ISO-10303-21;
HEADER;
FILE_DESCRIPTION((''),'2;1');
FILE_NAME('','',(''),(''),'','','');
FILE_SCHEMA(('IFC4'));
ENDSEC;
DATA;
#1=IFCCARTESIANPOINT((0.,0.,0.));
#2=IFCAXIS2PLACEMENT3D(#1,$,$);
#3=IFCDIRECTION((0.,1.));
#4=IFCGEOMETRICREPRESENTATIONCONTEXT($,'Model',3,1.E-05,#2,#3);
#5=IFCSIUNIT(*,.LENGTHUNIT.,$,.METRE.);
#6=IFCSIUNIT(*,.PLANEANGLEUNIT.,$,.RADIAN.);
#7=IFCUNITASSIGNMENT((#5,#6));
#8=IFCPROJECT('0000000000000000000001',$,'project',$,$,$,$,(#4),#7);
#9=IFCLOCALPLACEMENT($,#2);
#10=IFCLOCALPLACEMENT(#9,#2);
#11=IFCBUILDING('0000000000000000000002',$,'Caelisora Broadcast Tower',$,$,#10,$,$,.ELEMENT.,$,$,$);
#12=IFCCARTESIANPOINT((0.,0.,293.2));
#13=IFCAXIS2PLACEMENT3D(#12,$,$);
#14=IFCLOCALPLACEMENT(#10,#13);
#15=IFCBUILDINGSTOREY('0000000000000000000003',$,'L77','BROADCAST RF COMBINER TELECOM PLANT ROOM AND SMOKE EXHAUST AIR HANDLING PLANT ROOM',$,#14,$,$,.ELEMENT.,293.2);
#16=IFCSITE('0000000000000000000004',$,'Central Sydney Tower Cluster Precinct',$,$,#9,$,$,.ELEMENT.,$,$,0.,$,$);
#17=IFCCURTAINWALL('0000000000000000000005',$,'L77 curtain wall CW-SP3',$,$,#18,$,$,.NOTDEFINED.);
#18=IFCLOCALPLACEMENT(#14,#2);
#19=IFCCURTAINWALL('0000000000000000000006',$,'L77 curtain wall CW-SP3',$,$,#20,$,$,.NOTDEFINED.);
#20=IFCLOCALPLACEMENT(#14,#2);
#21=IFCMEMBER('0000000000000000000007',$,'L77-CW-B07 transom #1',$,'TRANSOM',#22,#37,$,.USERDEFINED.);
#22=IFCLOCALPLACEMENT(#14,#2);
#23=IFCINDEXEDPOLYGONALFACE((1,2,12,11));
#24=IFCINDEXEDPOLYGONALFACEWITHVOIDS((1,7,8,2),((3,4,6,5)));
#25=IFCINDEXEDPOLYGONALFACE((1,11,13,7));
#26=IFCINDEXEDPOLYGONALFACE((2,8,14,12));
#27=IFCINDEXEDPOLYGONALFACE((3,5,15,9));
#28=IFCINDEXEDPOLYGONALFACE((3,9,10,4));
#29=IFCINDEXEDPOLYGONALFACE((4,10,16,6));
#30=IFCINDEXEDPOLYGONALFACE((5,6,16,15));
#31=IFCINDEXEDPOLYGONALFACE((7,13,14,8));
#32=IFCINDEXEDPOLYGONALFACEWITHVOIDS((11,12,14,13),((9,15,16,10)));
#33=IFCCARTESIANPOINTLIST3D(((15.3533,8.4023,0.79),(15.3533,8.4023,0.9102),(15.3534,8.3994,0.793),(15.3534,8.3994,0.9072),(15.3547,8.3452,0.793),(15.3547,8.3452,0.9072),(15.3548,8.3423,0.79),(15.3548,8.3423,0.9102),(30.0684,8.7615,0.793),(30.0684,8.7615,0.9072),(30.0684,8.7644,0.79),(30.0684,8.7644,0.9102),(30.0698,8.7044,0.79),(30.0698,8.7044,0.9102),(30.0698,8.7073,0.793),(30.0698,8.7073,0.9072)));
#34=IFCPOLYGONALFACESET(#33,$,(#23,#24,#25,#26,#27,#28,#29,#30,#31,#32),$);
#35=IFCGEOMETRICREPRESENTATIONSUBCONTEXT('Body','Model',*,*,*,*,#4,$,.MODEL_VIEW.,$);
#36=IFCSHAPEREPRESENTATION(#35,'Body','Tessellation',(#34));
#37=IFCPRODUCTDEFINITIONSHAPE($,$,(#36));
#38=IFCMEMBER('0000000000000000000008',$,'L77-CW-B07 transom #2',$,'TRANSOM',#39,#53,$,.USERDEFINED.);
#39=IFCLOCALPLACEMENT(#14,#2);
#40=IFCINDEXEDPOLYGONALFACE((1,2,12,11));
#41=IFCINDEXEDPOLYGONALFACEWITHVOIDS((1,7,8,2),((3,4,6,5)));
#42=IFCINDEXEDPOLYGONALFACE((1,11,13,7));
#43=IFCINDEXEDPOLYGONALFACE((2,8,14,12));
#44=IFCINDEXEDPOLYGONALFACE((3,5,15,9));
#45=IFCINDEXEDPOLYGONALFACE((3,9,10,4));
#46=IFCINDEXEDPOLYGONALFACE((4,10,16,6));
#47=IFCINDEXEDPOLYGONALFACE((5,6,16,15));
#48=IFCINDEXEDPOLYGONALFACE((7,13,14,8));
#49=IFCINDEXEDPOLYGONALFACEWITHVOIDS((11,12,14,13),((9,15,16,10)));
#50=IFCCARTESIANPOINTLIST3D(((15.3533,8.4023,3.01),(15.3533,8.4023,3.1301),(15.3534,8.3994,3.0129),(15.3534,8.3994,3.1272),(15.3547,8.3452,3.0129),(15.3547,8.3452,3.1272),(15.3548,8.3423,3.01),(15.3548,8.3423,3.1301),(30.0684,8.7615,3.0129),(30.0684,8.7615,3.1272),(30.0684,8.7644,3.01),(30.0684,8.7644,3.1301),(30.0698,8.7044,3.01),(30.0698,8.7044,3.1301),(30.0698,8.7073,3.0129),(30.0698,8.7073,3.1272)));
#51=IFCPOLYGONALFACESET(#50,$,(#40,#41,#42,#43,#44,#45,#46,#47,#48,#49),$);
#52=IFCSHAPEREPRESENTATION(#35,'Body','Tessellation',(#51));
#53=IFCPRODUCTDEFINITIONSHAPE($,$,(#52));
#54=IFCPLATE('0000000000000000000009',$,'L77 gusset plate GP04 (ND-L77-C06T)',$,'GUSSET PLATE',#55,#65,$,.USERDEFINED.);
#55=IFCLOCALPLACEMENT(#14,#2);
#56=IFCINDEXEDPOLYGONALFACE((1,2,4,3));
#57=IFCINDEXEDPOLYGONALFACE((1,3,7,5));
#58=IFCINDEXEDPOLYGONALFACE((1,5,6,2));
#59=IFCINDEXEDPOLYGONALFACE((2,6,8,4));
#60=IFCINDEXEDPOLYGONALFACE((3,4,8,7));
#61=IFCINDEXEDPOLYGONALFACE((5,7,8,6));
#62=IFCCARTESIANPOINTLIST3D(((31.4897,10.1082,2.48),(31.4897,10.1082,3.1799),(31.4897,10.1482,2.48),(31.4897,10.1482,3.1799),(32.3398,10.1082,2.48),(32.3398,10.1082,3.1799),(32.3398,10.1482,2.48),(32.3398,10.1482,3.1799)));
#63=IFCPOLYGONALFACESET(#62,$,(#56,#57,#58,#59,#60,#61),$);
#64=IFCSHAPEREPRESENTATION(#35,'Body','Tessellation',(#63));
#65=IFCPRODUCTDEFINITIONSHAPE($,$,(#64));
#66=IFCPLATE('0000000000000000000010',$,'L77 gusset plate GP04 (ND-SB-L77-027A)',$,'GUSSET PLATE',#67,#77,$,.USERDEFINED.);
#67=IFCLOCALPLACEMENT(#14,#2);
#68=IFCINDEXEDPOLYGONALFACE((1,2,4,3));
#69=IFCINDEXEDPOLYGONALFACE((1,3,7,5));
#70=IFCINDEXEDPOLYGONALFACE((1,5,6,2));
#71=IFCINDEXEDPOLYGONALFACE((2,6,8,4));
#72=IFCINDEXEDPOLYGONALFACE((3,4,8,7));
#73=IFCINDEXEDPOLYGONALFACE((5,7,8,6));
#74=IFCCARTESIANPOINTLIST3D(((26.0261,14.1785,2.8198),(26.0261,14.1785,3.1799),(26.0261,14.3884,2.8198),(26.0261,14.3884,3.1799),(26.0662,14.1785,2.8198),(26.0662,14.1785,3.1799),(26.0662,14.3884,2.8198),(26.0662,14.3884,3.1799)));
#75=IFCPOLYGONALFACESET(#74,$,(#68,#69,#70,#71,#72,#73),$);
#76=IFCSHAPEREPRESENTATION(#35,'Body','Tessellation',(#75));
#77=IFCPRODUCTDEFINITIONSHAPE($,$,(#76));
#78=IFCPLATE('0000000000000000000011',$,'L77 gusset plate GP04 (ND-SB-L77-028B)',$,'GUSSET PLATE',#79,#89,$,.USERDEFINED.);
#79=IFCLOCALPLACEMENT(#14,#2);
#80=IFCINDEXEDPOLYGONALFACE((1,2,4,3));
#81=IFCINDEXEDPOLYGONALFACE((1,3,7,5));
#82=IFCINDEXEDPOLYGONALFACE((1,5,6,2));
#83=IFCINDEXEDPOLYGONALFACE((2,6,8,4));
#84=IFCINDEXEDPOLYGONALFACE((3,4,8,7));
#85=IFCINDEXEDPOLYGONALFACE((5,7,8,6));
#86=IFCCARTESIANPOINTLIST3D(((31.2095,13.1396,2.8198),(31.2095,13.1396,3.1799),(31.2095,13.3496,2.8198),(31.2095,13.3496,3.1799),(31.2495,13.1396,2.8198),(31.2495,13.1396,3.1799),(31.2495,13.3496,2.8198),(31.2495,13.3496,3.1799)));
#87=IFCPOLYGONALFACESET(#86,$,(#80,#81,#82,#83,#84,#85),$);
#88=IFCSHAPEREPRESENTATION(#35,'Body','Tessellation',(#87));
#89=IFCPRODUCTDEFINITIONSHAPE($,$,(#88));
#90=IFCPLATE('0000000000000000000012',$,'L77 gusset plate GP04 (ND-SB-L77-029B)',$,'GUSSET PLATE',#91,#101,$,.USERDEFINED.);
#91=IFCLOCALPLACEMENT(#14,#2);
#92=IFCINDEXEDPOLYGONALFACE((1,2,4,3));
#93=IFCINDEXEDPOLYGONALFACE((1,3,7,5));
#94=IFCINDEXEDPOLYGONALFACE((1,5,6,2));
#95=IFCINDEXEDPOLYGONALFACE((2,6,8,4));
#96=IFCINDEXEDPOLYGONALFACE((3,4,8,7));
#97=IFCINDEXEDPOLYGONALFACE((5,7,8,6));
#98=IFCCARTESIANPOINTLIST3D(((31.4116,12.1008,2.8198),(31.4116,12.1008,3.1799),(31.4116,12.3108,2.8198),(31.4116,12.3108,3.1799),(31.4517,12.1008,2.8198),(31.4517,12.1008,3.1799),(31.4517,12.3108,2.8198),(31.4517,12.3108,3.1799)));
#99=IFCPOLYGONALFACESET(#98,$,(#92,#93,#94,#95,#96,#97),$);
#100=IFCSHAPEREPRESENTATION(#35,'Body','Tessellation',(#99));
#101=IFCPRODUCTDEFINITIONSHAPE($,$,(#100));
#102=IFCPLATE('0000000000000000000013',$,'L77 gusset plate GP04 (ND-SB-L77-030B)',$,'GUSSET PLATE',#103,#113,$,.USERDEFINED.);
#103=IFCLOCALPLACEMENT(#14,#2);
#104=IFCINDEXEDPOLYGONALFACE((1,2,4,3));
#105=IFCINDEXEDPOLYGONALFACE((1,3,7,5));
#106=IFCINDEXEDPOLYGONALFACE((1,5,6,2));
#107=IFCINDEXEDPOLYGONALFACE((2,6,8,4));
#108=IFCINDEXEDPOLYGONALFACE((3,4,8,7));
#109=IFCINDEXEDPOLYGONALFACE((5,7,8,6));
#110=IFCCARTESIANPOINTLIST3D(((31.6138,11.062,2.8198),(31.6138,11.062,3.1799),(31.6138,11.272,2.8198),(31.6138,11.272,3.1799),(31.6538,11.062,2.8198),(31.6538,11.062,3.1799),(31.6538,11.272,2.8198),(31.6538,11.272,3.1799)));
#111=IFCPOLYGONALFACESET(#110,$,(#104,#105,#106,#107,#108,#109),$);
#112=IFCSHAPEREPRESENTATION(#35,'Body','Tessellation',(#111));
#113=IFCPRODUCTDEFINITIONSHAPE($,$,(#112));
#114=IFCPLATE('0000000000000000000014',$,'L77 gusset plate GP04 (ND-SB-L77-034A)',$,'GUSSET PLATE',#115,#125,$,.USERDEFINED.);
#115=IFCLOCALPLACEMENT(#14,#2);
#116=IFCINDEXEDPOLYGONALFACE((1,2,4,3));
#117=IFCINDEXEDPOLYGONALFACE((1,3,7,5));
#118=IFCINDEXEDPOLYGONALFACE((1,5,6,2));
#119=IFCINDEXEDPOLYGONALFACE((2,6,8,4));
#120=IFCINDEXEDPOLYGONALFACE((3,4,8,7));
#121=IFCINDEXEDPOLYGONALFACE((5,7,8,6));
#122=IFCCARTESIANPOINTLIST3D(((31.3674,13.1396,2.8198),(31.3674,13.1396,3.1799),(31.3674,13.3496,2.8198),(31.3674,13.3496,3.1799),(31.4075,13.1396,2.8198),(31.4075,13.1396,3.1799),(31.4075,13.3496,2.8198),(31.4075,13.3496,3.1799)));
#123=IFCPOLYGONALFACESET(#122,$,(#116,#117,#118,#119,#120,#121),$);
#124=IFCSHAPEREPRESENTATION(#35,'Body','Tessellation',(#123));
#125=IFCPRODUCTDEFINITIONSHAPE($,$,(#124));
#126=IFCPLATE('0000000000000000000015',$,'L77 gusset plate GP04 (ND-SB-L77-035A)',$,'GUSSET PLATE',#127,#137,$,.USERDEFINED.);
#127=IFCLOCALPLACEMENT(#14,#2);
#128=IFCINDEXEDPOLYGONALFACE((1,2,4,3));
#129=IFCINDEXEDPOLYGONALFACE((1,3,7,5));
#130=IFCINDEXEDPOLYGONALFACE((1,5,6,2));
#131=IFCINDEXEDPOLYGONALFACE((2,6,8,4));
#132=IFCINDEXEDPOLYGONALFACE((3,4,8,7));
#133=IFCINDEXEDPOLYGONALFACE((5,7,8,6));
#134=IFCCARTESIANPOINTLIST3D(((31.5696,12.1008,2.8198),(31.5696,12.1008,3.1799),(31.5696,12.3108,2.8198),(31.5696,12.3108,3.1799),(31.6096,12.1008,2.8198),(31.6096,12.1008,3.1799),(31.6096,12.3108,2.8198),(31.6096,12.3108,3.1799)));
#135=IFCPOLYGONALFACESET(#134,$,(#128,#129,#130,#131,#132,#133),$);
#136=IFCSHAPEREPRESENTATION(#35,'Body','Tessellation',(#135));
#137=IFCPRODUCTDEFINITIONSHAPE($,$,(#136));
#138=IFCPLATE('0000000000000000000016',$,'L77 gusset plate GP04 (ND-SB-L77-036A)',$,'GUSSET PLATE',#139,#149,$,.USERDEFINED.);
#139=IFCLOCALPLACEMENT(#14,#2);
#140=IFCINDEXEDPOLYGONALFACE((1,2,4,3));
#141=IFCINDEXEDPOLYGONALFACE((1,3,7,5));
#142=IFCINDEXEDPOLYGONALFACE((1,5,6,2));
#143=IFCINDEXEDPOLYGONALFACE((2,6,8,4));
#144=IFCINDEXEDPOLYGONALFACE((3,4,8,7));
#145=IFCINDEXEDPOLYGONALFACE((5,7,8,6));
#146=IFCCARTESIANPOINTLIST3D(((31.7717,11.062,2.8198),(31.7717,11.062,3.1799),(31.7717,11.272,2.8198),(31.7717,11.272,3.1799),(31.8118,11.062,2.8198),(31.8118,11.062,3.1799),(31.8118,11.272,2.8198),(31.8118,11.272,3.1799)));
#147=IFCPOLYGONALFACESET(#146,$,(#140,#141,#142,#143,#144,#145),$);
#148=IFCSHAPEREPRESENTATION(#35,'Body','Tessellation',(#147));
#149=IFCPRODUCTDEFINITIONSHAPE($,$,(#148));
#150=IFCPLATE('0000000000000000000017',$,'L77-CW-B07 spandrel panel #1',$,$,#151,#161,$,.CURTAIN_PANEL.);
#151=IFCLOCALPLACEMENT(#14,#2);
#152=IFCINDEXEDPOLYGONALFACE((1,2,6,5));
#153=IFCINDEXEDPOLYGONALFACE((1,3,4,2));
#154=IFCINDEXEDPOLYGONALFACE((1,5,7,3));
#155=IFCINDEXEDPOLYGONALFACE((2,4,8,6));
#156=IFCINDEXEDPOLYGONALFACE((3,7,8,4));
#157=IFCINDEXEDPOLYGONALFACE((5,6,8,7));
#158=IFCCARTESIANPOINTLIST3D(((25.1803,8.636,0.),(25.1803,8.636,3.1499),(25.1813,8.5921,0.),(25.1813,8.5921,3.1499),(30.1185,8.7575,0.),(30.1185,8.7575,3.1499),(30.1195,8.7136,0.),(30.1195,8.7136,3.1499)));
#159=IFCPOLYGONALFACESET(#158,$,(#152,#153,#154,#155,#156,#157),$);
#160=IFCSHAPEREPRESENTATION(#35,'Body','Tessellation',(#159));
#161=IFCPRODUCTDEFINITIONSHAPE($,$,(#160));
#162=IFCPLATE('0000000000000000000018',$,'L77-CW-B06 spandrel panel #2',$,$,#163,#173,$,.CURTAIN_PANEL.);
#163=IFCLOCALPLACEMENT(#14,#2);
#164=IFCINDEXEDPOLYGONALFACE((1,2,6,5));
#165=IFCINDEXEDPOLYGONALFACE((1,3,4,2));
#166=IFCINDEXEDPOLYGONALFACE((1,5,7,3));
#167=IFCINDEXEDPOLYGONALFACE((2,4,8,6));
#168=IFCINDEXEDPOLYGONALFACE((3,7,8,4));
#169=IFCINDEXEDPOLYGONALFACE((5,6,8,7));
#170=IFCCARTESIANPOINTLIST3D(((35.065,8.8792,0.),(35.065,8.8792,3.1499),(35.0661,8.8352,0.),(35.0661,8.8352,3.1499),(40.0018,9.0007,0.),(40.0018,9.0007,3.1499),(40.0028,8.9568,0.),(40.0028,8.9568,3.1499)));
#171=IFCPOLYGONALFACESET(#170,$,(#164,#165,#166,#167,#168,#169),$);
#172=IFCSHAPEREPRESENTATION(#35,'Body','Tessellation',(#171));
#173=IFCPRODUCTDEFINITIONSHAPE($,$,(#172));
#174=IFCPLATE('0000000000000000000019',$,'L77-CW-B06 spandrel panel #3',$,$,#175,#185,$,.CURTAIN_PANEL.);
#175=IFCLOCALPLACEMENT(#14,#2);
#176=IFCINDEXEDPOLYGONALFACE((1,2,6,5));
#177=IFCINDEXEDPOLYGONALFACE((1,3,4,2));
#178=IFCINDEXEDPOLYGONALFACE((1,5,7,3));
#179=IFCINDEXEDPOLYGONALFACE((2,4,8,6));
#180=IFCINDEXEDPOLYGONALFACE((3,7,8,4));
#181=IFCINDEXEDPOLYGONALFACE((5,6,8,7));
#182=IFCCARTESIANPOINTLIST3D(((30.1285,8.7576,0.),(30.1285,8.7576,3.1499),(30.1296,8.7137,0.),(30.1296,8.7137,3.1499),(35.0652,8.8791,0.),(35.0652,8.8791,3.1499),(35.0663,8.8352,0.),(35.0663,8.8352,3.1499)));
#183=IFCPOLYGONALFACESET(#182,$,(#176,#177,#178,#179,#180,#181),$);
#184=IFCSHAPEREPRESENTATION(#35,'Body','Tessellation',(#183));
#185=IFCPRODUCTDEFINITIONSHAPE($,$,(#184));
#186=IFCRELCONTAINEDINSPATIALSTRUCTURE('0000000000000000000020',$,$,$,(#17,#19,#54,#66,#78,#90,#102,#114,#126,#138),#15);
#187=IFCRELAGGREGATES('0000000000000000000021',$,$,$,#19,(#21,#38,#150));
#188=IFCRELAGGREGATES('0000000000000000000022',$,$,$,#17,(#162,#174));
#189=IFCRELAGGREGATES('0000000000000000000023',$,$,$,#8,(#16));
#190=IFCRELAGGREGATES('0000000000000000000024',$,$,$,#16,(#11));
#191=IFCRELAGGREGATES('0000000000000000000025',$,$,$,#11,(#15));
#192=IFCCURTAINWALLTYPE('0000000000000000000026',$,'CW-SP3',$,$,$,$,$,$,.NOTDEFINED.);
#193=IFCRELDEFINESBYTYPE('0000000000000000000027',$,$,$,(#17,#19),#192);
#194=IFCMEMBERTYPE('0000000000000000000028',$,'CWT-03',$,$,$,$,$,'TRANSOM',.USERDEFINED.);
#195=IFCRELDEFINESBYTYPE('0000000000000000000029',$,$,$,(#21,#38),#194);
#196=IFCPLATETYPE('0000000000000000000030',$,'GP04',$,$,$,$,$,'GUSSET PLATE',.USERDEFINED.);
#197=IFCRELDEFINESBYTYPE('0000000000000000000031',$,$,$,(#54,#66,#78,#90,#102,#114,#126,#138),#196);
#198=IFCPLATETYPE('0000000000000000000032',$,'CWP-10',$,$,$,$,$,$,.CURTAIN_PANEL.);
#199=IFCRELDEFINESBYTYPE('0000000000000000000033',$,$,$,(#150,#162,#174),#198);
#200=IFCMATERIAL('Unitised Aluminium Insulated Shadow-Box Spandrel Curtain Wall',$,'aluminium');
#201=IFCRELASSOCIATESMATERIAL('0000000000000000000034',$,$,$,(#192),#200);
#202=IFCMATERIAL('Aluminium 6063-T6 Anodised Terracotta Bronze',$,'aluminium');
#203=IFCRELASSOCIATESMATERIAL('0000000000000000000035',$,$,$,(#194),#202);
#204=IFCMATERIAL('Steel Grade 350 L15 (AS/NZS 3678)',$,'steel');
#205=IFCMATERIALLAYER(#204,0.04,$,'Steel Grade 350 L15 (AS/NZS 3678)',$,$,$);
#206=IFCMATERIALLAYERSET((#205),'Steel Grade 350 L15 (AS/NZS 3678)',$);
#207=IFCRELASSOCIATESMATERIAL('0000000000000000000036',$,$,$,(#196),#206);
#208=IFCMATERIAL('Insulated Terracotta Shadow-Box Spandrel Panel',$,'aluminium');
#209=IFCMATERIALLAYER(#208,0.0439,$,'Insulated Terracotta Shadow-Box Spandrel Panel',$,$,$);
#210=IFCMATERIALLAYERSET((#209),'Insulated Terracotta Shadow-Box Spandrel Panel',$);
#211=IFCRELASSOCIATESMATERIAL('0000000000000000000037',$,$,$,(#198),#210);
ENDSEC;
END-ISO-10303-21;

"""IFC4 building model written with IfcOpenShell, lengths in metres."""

from ifc_helpers import new_model, si_unit, direction, frame, origin, origin_2d, place, context, subcontext, project, spatial, rectangle, hollow_rectangle, extrude, source, transform, mapped, material, layer, layer_set, material_profile, profile_set, type_object, type_shapes, element, aggregate, save


model = new_model("IFC4")

# Units and contexts
model_context = context("Model", 3, precision=1e-05, world=origin(), true_north=direction((0.0, 1.0)))
body_context = subcontext(model_context, "Body", "Model", "MODEL_VIEW")
ifc_project = project(units=[si_unit("LENGTHUNIT", "METRE"), si_unit("PLANEANGLEUNIT", "RADIAN")], contexts=[model_context])

# Site, building, storey
site_placement = place(None, origin())
site = spatial("IfcSite", under=ifc_project, at=site_placement, Name="Central Sydney Tower Cluster Precinct", CompositionType="ELEMENT", RefElevation=0.0)
building_placement = place(site_placement, origin())
building = spatial("IfcBuilding", under=site, at=building_placement, Name="Caelisora Broadcast Tower", CompositionType="ELEMENT")
storey_placement = place(building_placement, frame((0.0, 0.0, 293.2)))
storey = spatial("IfcBuildingStorey", under=building, at=storey_placement, Name="L77", Description="BROADCAST RF COMBINER TELECOM PLANT ROOM AND SMOKE EXHAUST AIR HANDLING PLANT ROOM", CompositionType="ELEMENT", Elevation=293.2)

# Curtain walls, members
ifc_material_1 = material(Name="Unitised Aluminium Insulated Shadow-Box Spandrel Curtain Wall", Category="aluminium")
curtain_wall_type = type_object("IfcCurtainWallType", Name="CW-SP3", PredefinedType="NOTDEFINED", material=ifc_material_1)
curtain_wall_1_placement = place(storey_placement, origin())
curtain_wall_1 = element("IfcCurtainWall", 1, at=curtain_wall_1_placement, inside=storey, type_object=curtain_wall_type, Name="L77 curtain wall CW-SP3", PredefinedType="NOTDEFINED")
ifc_material_2 = material(Name="Aluminium 6063-T6 Anodised Terracotta Bronze", Category="aluminium")
curtain_wall_2_placement = place(storey_placement, origin())
curtain_wall_2 = element("IfcCurtainWall", 2, at=curtain_wall_2_placement, inside=storey, type_object=curtain_wall_type, Name="L77 curtain wall CW-SP3", PredefinedType="NOTDEFINED")
ifc_material_profile_1 = material_profile(ifc_material_2, hollow_rectangle(XDim=0.0601, YDim=0.1201, WallThickness=0.0029, at=origin_2d()), Name="Aluminium 6063-T6 Anodised Terracotta Bronze")
ifc_profile_set_1 = profile_set([ifc_material_profile_1], Name="Aluminium 6063-T6 Anodised Terracotta Bronze")
member_type_1 = type_object("IfcMemberType", Name="CWT-03", ElementType="TRANSOM", PredefinedType="USERDEFINED", material=ifc_profile_set_1)
shared_shape_1 = source(origin(), body_context, "Body", "SweptSolid", [
    extrude(hollow_rectangle(XDim=0.0601, YDim=0.1201, WallThickness=0.0029, at=origin_2d()), origin(), (0.0, 0.0, 1.0), 14.7195),
])
type_shapes(member_type_1, [shared_shape_1])
member_1_placement = place(storey_placement, frame((30.0691, 8.7344, 0.8501), z_axis=(-0.999697, -0.024597, 0.0), x_axis=(0.024597, -0.999697, 0.0)))
member_1 = element("IfcMember", 3, at=member_1_placement, type_object=member_type_1, Name="L77-CW-B07 transom #1", ObjectType="TRANSOM", PredefinedType="USERDEFINED", context=body_context, shape_type="MappedRepresentation", body=[
    mapped(shared_shape_1, transform((0.0, 0.0, 0.0), scale=1.0)),
])
member_2_placement = place(storey_placement, frame((30.0691, 8.7344, 3.0701), z_axis=(-0.999697, -0.024597, 0.0), x_axis=(0.024597, -0.999697, 0.0)))
member_2 = element("IfcMember", 4, at=member_2_placement, type_object=member_type_1, Name="L77-CW-B07 transom #2", ObjectType="TRANSOM", PredefinedType="USERDEFINED", context=body_context, shape_type="MappedRepresentation", body=[
    mapped(shared_shape_1, transform((0.0, 0.0, 0.0), scale=1.0)),
])

# Plates
ifc_material_3 = material(Name="Steel Grade 350 L15 (AS/NZS 3678)", Category="steel")
ifc_layer_1 = layer(ifc_material_3, 0.04, Name="Steel Grade 350 L15 (AS/NZS 3678)")
ifc_layer_set_1 = layer_set([ifc_layer_1], Name="Steel Grade 350 L15 (AS/NZS 3678)")
plate_type_1 = type_object("IfcPlateType", Name="GP04", ElementType="GUSSET PLATE", PredefinedType="USERDEFINED", material=ifc_layer_set_1)
shared_shape_2 = source(origin(), body_context, "Body", "SweptSolid", [
    extrude(rectangle(XDim=0.8501, YDim=0.04, at=origin_2d()), origin(), (0.0, 0.0, 1.0), 0.7),
])
plate_1_placement = place(storey_placement, frame((31.9148, 10.1282, 2.48), z_axis=(0.0, 0.0, 1.0), x_axis=(1.0, 0.0, 0.0)))
element("IfcPlate", 5, at=plate_1_placement, inside=storey, type_object=plate_type_1, Name="L77 gusset plate GP04 (ND-L77-C06T)", ObjectType="GUSSET PLATE", PredefinedType="USERDEFINED", context=body_context, shape_type="MappedRepresentation", body=[
    mapped(shared_shape_2, transform((0.0, 0.0, 0.0), scale=1.0)),
])
shared_shape_3 = source(origin(), body_context, "Body", "SweptSolid", [
    extrude(rectangle(XDim=0.21, YDim=0.04, at=origin_2d()), origin(), (0.0, 0.0, 1.0), 0.3601),
])
type_shapes(plate_type_1, [shared_shape_2, shared_shape_3])
for number, where, z_axis, x_axis, name in (
    (6, (26.0461, 14.2834, 2.8198), (0.0, 0.0, 1.0), (0.0, 1.0, 0.0), "L77 gusset plate GP04 (ND-SB-L77-027A)"),
    (7, (31.2295, 13.2446, 2.8198), (0.0, 0.0, 1.0), (0.0, 1.0, 0.0), "L77 gusset plate GP04 (ND-SB-L77-028B)"),
    (8, (31.4316, 12.2058, 2.8198), (0.0, 0.0, 1.0), (0.0, 1.0, 0.0), "L77 gusset plate GP04 (ND-SB-L77-029B)"),
    (9, (31.6338, 11.167, 2.8198), (0.0, 0.0, 1.0), (0.0, 1.0, 0.0), "L77 gusset plate GP04 (ND-SB-L77-030B)"),
    (10, (31.3875, 13.2446, 2.8198), (0.0, 0.0, 1.0), (0.0, 1.0, 0.0), "L77 gusset plate GP04 (ND-SB-L77-034A)"),
    (11, (31.5896, 12.2058, 2.8198), (0.0, 0.0, 1.0), (0.0, 1.0, 0.0), "L77 gusset plate GP04 (ND-SB-L77-035A)"),
    (12, (31.7917, 11.167, 2.8198), (0.0, 0.0, 1.0), (0.0, 1.0, 0.0), "L77 gusset plate GP04 (ND-SB-L77-036A)"),
):
    element("IfcPlate", number, at=place(storey_placement, frame(where, z_axis=z_axis, x_axis=x_axis)), inside=storey, type_object=plate_type_1, Name=name, ObjectType="GUSSET PLATE", PredefinedType="USERDEFINED", context=body_context, shape_type="MappedRepresentation", body=[
        mapped(shared_shape_3, transform((0.0, 0.0, 0.0), scale=1.0)),
    ])

# Plates
ifc_material_4 = material(Name="Insulated Terracotta Shadow-Box Spandrel Panel", Category="aluminium")
ifc_layer_2 = layer(ifc_material_4, 0.0439, Name="Insulated Terracotta Shadow-Box Spandrel Panel")
ifc_layer_set_2 = layer_set([ifc_layer_2], Name="Insulated Terracotta Shadow-Box Spandrel Panel")
plate_type_2 = type_object("IfcPlateType", Name="CWP-10", PredefinedType="CURTAIN_PANEL", material=ifc_layer_set_2)
shared_shape_4 = source(origin(), body_context, "Body", "SweptSolid", [
    extrude(rectangle(XDim=4.9397, YDim=0.0439, at=origin_2d()), origin(), (0.0, 0.0, 1.0), 3.1499),
])
plate_2_placement = place(storey_placement, frame((27.6499, 8.6748, 0.0), z_axis=(0.0, 0.0, 1.0), x_axis=(-0.999697, -0.024607, 0.0)))
plate_2 = element("IfcPlate", 13, at=plate_2_placement, type_object=plate_type_2, Name="L77-CW-B07 spandrel panel #1", PredefinedType="CURTAIN_PANEL", context=body_context, shape_type="MappedRepresentation", body=[
    mapped(shared_shape_4, transform((0.0, 0.0, 0.0), scale=1.0)),
])
aggregate(curtain_wall_2, [member_1, member_2, plate_2])
shared_shape_5 = source(origin(), body_context, "Body", "SweptSolid", [
    extrude(rectangle(XDim=4.9382, YDim=0.0439, at=origin_2d()), origin(), (0.0, 0.0, 1.0), 3.1499),
])
type_shapes(plate_type_2, [shared_shape_4, shared_shape_5])
plate_3_placement = place(storey_placement, frame((37.5339, 8.918, 0.0), z_axis=(0.0, 0.0, 1.0), x_axis=(-0.999697, -0.024607, 0.0)))
plate_3 = element("IfcPlate", 14, at=plate_3_placement, type_object=plate_type_2, Name="L77-CW-B06 spandrel panel #2", PredefinedType="CURTAIN_PANEL", context=body_context, shape_type="MappedRepresentation", body=[
    mapped(shared_shape_5, transform((0.0, 0.0, 0.0), scale=1.0)),
])
plate_4_placement = place(storey_placement, frame((32.5974, 8.7964, 0.0), z_axis=(0.0, 0.0, 1.0), x_axis=(-0.999697, -0.024607, 0.0)))
plate_4 = element("IfcPlate", 15, at=plate_4_placement, type_object=plate_type_2, Name="L77-CW-B06 spandrel panel #3", PredefinedType="CURTAIN_PANEL", context=body_context, shape_type="MappedRepresentation", body=[
    mapped(shared_shape_5, transform((0.0, 0.0, 0.0), scale=1.0)),
])
aggregate(curtain_wall_1, [plate_3, plate_4])

save(model, "model.ifc")
